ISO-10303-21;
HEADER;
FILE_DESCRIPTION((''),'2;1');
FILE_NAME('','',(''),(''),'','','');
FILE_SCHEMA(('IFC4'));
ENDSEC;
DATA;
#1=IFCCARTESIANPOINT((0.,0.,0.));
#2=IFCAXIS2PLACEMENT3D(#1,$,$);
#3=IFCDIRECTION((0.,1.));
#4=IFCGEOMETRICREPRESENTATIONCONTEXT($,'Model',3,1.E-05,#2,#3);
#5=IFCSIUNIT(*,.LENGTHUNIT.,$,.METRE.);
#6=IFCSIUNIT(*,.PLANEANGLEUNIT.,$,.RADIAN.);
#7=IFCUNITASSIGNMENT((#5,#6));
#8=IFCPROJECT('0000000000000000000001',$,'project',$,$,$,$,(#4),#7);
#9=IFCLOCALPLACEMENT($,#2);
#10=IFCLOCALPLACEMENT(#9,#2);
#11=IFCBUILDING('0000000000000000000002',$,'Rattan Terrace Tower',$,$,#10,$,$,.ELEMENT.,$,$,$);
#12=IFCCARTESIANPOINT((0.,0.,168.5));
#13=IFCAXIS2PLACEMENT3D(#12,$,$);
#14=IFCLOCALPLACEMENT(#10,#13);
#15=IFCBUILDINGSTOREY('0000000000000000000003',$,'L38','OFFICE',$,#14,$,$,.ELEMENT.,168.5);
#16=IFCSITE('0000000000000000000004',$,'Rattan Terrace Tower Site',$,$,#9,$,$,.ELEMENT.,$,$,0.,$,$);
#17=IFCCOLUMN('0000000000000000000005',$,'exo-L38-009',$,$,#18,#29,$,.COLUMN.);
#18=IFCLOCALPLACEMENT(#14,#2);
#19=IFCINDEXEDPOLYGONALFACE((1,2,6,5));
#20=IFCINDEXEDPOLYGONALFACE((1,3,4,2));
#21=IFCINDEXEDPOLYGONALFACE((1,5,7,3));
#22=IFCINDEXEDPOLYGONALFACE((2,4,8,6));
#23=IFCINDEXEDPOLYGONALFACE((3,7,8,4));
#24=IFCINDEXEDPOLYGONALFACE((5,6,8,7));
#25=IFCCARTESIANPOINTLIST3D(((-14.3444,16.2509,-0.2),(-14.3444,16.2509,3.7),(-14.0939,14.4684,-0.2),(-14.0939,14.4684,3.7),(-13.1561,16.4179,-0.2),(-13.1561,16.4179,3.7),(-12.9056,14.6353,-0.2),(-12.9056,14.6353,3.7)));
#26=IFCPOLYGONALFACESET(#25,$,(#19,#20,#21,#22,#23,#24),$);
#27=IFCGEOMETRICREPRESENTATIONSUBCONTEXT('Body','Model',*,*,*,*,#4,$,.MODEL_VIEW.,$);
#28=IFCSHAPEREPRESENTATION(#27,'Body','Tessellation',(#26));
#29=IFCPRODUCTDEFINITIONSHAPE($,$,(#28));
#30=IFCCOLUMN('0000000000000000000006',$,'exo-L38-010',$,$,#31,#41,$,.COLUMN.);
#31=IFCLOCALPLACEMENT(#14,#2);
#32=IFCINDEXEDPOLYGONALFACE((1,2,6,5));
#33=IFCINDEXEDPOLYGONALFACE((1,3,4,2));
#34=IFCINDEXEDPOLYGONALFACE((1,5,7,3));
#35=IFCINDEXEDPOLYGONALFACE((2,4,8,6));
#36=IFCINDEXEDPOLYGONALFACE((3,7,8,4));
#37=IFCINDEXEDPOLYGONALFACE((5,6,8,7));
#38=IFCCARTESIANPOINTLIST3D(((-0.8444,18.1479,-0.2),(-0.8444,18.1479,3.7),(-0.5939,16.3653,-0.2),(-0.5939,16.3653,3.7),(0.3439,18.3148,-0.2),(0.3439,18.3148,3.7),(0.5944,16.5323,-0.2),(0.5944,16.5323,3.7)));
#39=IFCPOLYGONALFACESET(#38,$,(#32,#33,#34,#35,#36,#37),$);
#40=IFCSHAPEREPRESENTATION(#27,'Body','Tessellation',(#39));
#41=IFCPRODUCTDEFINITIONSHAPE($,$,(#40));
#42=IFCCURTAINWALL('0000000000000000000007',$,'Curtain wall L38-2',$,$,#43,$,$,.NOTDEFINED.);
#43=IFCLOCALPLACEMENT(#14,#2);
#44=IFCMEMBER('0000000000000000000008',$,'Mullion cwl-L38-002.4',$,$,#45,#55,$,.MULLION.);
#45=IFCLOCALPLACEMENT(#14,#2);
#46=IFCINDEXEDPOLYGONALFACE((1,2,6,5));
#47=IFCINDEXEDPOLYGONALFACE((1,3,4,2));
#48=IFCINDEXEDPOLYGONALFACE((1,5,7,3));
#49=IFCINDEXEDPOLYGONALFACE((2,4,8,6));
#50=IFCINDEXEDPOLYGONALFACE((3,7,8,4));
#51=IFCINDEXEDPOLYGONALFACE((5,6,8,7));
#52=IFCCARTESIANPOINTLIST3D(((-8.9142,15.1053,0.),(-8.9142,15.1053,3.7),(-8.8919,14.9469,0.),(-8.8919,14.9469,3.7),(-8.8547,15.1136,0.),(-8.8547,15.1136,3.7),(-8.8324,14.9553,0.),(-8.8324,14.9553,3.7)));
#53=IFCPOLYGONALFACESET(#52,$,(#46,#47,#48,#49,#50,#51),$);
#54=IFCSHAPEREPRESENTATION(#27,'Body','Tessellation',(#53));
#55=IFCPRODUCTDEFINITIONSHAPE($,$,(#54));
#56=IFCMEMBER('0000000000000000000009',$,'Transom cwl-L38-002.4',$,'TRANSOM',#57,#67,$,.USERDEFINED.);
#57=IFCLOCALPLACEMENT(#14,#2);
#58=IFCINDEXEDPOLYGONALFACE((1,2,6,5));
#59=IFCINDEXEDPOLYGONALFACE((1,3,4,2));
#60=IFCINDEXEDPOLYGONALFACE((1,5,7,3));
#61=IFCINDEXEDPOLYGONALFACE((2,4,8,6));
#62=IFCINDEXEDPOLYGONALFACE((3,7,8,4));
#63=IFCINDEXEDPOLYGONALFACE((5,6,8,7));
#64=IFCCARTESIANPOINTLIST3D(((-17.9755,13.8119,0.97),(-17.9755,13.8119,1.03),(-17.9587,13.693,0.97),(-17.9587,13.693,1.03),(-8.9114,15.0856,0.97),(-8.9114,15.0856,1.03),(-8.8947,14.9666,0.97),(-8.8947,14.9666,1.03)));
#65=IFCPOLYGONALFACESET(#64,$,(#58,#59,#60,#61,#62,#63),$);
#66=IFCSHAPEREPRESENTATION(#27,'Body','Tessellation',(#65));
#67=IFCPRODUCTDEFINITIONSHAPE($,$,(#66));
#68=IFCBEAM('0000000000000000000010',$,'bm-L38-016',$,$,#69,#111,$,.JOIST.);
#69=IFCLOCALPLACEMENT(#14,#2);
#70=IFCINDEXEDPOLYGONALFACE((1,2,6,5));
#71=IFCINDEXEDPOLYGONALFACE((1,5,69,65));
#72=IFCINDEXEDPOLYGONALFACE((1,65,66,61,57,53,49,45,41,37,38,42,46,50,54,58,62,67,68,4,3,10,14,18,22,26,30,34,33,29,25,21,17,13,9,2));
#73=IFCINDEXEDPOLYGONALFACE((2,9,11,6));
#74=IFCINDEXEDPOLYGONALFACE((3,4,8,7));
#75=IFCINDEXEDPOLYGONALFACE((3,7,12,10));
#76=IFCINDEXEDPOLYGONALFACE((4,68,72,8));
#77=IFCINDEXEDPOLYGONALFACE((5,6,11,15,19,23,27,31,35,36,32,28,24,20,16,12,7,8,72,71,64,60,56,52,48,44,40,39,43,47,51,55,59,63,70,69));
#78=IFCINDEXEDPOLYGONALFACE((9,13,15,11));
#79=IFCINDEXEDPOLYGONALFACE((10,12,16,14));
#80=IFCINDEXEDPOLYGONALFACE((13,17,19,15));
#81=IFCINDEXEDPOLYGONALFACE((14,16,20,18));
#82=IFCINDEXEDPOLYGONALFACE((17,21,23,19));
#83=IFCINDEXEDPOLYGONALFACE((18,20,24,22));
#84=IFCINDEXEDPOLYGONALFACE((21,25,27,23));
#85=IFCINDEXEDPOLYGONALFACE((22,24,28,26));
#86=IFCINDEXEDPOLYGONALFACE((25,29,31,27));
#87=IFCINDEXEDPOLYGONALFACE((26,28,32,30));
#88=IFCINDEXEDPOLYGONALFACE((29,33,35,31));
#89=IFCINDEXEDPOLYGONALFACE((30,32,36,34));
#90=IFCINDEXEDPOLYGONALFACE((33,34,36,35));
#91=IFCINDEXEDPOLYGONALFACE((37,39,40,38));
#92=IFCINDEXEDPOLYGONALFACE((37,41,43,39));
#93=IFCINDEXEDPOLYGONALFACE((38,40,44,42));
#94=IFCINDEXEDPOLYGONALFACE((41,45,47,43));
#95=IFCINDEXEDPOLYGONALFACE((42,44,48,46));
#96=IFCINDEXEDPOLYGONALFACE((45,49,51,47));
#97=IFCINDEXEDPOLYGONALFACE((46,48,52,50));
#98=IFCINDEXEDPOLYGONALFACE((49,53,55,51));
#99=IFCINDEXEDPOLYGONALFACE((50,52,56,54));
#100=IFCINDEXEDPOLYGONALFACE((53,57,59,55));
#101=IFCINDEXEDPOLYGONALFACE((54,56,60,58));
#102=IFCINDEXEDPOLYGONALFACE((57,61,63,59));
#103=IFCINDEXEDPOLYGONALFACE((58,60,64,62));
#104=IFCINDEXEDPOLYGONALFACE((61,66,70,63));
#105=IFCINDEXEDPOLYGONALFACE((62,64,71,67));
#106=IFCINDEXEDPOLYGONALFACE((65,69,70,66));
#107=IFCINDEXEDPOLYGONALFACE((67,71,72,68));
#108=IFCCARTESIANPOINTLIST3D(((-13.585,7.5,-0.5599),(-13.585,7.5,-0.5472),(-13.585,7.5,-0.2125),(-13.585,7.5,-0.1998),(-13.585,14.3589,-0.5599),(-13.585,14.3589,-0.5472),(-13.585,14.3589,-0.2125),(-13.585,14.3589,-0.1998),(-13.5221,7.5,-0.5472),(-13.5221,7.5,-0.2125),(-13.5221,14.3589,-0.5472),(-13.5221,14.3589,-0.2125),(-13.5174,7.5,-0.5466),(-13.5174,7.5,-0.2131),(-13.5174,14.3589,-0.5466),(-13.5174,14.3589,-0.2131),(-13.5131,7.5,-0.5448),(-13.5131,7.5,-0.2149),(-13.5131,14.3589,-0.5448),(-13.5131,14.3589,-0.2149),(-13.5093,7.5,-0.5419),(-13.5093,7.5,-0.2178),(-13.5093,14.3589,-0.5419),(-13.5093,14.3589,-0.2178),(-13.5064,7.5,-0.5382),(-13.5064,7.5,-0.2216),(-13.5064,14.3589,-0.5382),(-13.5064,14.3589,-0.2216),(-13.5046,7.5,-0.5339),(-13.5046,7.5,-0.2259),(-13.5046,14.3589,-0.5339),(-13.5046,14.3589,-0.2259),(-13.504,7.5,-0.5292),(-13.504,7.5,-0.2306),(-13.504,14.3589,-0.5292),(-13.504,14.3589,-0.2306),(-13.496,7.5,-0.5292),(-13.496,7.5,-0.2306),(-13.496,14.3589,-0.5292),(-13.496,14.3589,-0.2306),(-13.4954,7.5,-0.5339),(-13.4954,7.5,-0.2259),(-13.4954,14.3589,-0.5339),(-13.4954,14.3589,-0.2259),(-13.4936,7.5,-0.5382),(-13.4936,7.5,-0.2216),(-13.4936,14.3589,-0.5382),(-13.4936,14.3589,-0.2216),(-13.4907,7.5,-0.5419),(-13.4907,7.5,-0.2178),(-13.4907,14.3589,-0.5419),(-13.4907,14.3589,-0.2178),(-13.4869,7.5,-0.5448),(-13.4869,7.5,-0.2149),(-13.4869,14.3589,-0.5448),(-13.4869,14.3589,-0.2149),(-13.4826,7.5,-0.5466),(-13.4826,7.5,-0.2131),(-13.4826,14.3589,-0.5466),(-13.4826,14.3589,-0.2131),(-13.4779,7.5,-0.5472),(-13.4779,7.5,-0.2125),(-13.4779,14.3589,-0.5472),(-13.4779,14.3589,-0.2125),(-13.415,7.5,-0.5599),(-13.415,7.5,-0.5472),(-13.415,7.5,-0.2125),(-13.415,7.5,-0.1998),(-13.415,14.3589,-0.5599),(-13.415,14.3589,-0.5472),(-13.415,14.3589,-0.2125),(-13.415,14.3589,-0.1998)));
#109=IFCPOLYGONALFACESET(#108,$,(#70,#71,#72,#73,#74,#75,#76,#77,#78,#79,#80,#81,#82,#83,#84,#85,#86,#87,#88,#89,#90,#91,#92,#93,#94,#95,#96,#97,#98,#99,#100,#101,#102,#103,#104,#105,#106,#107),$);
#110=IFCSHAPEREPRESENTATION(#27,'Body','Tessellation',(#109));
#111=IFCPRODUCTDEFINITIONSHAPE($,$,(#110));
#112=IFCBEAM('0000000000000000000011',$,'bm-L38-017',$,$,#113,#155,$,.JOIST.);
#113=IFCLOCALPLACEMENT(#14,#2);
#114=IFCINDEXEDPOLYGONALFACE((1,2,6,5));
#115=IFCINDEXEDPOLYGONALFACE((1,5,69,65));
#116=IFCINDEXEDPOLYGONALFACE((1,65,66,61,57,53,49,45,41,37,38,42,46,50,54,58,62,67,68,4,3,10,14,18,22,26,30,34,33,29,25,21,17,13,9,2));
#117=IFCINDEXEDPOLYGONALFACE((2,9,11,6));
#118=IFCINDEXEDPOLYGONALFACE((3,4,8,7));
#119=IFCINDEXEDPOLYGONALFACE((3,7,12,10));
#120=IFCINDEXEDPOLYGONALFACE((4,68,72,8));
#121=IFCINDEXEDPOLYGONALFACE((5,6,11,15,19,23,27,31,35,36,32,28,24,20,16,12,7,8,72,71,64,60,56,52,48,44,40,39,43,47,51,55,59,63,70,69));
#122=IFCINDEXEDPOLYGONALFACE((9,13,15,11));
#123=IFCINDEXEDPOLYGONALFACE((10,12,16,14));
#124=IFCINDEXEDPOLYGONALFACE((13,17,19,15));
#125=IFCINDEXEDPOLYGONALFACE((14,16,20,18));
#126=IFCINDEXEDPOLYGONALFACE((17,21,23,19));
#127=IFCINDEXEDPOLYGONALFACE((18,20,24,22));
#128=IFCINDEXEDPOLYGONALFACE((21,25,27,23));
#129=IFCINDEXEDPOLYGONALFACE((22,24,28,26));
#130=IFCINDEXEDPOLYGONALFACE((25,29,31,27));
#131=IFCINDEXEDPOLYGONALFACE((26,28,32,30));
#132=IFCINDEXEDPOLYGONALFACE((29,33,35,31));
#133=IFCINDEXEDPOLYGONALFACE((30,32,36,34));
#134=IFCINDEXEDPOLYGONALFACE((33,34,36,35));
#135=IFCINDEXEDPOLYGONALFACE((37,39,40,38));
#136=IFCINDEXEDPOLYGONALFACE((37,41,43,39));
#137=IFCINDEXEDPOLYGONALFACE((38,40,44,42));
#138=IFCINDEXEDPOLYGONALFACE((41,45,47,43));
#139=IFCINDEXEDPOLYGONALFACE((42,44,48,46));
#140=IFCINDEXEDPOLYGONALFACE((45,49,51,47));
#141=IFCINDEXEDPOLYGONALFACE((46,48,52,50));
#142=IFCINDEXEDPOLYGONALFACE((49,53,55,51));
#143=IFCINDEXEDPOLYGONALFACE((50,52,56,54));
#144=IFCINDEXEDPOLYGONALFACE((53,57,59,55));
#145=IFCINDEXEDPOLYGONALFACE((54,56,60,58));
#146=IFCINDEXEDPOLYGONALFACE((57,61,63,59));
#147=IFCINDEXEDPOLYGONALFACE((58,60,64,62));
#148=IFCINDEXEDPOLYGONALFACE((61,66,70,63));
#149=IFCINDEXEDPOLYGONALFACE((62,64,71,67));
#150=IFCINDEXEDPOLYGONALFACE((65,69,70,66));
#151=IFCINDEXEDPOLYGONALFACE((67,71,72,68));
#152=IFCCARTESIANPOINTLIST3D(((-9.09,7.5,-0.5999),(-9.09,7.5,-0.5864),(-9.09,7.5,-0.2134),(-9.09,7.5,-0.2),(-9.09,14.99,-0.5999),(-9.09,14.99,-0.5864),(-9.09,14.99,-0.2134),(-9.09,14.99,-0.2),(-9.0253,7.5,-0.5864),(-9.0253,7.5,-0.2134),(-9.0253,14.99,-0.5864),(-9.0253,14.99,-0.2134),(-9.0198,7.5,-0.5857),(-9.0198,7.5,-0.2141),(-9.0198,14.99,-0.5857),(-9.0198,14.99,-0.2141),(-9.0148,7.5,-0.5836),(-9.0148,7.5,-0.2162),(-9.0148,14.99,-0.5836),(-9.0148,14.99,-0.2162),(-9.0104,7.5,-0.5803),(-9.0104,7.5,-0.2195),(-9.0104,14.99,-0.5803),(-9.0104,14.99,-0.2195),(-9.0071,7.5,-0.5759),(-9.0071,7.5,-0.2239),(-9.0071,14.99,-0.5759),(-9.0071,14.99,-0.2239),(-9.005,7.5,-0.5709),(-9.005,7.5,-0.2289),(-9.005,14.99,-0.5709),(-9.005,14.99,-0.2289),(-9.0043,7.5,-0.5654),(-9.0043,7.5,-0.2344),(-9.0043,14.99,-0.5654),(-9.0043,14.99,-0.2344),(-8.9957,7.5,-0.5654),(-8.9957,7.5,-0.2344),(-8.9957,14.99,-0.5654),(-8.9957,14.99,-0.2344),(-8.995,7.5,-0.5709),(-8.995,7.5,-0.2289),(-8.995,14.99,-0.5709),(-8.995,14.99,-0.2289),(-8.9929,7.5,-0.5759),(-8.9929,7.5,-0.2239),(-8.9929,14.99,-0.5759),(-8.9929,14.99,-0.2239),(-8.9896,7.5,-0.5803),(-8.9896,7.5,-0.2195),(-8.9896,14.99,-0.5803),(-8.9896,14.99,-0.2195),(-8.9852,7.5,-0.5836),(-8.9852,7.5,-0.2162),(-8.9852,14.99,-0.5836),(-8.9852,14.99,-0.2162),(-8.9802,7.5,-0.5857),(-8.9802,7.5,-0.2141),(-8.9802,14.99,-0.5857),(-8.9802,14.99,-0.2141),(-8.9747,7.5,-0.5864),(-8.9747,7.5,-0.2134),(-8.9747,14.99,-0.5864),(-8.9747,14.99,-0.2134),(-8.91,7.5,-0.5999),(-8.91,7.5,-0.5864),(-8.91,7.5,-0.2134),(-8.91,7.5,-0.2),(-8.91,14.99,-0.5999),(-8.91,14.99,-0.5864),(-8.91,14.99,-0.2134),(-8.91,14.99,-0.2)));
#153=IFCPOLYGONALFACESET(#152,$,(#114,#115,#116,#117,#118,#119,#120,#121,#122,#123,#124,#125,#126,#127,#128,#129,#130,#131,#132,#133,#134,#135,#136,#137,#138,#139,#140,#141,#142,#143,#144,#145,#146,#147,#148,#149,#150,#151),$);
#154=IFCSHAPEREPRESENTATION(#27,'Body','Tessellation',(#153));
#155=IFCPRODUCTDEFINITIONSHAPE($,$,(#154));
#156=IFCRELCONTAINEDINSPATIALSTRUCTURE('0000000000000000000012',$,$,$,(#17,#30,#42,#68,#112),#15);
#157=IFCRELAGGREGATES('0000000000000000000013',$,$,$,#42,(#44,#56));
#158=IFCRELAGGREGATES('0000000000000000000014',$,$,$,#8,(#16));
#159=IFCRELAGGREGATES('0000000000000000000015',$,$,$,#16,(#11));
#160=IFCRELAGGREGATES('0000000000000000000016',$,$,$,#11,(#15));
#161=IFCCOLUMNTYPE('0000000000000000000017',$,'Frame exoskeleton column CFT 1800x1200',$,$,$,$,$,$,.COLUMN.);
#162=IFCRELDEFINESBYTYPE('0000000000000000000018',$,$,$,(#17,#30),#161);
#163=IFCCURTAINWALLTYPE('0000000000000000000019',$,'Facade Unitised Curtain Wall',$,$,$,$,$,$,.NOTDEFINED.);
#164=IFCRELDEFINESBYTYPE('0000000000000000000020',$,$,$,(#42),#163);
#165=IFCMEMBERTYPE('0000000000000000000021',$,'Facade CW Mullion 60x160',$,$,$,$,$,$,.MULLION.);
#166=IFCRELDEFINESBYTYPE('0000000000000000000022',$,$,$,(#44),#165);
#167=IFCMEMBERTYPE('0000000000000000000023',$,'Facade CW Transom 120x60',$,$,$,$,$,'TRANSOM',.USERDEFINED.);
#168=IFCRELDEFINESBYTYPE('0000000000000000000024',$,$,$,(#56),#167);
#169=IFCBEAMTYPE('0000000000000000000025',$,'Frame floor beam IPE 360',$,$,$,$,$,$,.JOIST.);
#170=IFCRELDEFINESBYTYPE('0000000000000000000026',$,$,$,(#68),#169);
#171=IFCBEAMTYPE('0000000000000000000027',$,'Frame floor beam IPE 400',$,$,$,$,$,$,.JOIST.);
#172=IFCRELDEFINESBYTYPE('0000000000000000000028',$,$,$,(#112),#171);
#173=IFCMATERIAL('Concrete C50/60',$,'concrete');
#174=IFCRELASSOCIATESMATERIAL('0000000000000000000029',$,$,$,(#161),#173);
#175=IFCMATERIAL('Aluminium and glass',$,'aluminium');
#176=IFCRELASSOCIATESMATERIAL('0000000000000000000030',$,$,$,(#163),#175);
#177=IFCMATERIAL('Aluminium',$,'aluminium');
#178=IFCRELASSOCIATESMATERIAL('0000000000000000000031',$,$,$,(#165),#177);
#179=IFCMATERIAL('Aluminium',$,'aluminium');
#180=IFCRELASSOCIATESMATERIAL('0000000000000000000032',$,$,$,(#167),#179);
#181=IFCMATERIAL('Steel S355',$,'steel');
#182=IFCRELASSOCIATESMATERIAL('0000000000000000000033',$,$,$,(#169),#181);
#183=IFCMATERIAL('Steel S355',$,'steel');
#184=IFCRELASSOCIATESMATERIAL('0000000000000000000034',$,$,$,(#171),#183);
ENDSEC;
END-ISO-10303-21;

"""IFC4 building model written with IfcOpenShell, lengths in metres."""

from ifc_helpers import new_model, si_unit, direction, frame, origin, origin_2d, place, context, subcontext, project, spatial, rectangle, i_section, extrude, material, material_profile, profile_set, type_object, element, aggregate, save


model = new_model("IFC4")

# Units and contexts
model_context = context("Model", 3, precision=1e-05, world=origin(), true_north=direction((0.0, 1.0)))
body_context = subcontext(model_context, "Body", "Model", "MODEL_VIEW")
ifc_project = project(units=[si_unit("LENGTHUNIT", "METRE"), si_unit("PLANEANGLEUNIT", "RADIAN")], contexts=[model_context])

# Site, building, storey
site_placement = place(None, origin())
site = spatial("IfcSite", under=ifc_project, at=site_placement, Name="Rattan Terrace Tower Site", CompositionType="ELEMENT", RefElevation=0.0)
building_placement = place(site_placement, origin())
building = spatial("IfcBuilding", under=site, at=building_placement, Name="Rattan Terrace Tower", CompositionType="ELEMENT")
storey_placement = place(building_placement, frame((0.0, 0.0, 168.5)))
storey = spatial("IfcBuildingStorey", under=building, at=storey_placement, Name="L38", Description="OFFICE", CompositionType="ELEMENT", Elevation=168.5)

# Columns
ifc_material_1 = material(Name="Concrete C50/60", Category="concrete")
ifc_material_profile_1 = material_profile(ifc_material_1, rectangle(XDim=1.2, YDim=1.8, at=origin_2d()), Name="CFT 1800x1200")
ifc_profile_set_1 = profile_set([ifc_material_profile_1], Name="Concrete C50/60")
column_type = type_object("IfcColumnType", Name="Frame exoskeleton column CFT 1800x1200", PredefinedType="COLUMN", material=ifc_profile_set_1)
for number, where, z_axis, x_axis, name in (
    (1, (-13.625, 15.4431, -0.2), (0.0, 0.0, 1.0), (0.99027, 0.139156, 0.0), "exo-L38-009"),
    (2, (-0.125, 17.3401, -0.2), (0.0, 0.0, 1.0), (0.99027, 0.139156, 0.0), "exo-L38-010"),
):
    element("IfcColumn", number, at=place(storey_placement, frame(where, z_axis=z_axis, x_axis=x_axis)), inside=storey, type_object=column_type, Name=name, PredefinedType="COLUMN", context=body_context, shape_type="SweptSolid", body=[
        extrude(rectangle(XDim=1.2, YDim=1.8, at=origin_2d()), origin(), (0.0, 0.0, 1.0), 3.8999),
    ])

# Curtain wall, members
ifc_material_2 = material(Name="Aluminium and glass", Category="aluminium")
curtain_wall_type = type_object("IfcCurtainWallType", Name="Facade Unitised Curtain Wall", PredefinedType="NOTDEFINED", material=ifc_material_2)
curtain_wall_placement = place(storey_placement, origin())
curtain_wall = element("IfcCurtainWall", 3, at=curtain_wall_placement, inside=storey, type_object=curtain_wall_type, Name="Curtain wall L38-2", PredefinedType="NOTDEFINED")
ifc_material_3 = material(Name="Aluminium", Category="aluminium")
ifc_material_profile_2 = material_profile(ifc_material_3, rectangle(XDim=0.0601, YDim=0.1599, at=origin_2d()), Name="Aluminium 60x160")
ifc_profile_set_2 = profile_set([ifc_material_profile_2], Name="Aluminium")
member_type_1 = type_object("IfcMemberType", Name="Facade CW Mullion 60x160", PredefinedType="MULLION", material=ifc_profile_set_2)
member_1_placement = place(storey_placement, frame((-8.8733, 15.0303, 0.0), z_axis=(0.0, 0.0, 1.0), x_axis=(-0.99027, -0.139161, 0.0)))
member_1 = element("IfcMember", 4, at=member_1_placement, type_object=member_type_1, Name="Mullion cwl-L38-002.4", PredefinedType="MULLION", context=body_context, shape_type="SweptSolid", body=[
    extrude(rectangle(XDim=0.0601, YDim=0.1599, at=origin_2d()), origin(), (0.0, 0.0, 1.0), 3.7),
])
ifc_material_4 = material(Name="Aluminium", Category="aluminium")
ifc_material_profile_3 = material_profile(ifc_material_4, rectangle(XDim=0.1201, YDim=0.0601, at=origin_2d()), Name="Aluminium 120x60")
ifc_profile_set_3 = profile_set([ifc_material_profile_3], Name="Aluminium")
member_type_2 = type_object("IfcMemberType", Name="Facade CW Transom 120x60", ElementType="TRANSOM", PredefinedType="USERDEFINED", material=ifc_profile_set_3)
member_2_placement = place(storey_placement, frame((-8.9031, 15.0261, 1.0), z_axis=(-0.990271, -0.139154, 0.0), x_axis=(0.139154, -0.990271, 0.0)))
member_2 = element("IfcMember", 5, at=member_2_placement, type_object=member_type_2, Name="Transom cwl-L38-002.4", ObjectType="TRANSOM", PredefinedType="USERDEFINED", context=body_context, shape_type="SweptSolid", body=[
    extrude(rectangle(XDim=0.1201, YDim=0.0601, at=origin_2d()), origin(), (0.0, 0.0, 1.0), 9.1531),
])

# Beams
ifc_material_5 = material(Name="Steel S355", Category="steel")
ifc_material_profile_4 = material_profile(ifc_material_5, i_section(OverallWidth=0.1699, OverallDepth=0.3601, WebThickness=0.0081, FlangeThickness=0.0127, FilletRadius=0.0181, at=origin_2d()), Name="IPE 360")
ifc_profile_set_4 = profile_set([ifc_material_profile_4], Name="Steel S355")
beam_type_1 = type_object("IfcBeamType", Name="Frame floor beam IPE 360", PredefinedType="JOIST", material=ifc_profile_set_4)
beam_1_placement = place(storey_placement, frame((-13.5, 7.5, -0.3799), z_axis=(0.0, 1.0, 0.0), x_axis=(-1.0, 0.0, 0.0)))
element("IfcBeam", 6, at=beam_1_placement, inside=storey, type_object=beam_type_1, Name="bm-L38-016", PredefinedType="JOIST", context=body_context, shape_type="SweptSolid", body=[
    extrude(i_section(OverallWidth=0.1699, OverallDepth=0.3601, WebThickness=0.0081, FlangeThickness=0.0127, FilletRadius=0.0181, at=origin_2d()), origin(), (0.0, 0.0, 1.0), 6.8589),
])
ifc_material_6 = material(Name="Steel S355", Category="steel")
ifc_material_profile_5 = material_profile(ifc_material_6, i_section(OverallWidth=0.1799, OverallDepth=0.3999, WebThickness=0.0085, FlangeThickness=0.0134, FilletRadius=0.021, at=origin_2d()), Name="IPE 400")
ifc_profile_set_5 = profile_set([ifc_material_profile_5], Name="Steel S355")
beam_type_2 = type_object("IfcBeamType", Name="Frame floor beam IPE 400", PredefinedType="JOIST", material=ifc_profile_set_5)
beam_2_placement = place(storey_placement, frame((-9.0, 7.5, -0.3999), z_axis=(0.0, 1.0, 0.0), x_axis=(-1.0, 0.0, 0.0)))
element("IfcBeam", 7, at=beam_2_placement, inside=storey, type_object=beam_type_2, Name="bm-L38-017", PredefinedType="JOIST", context=body_context, shape_type="SweptSolid", body=[
    extrude(i_section(OverallWidth=0.1799, OverallDepth=0.3999, WebThickness=0.0085, FlangeThickness=0.0134, FilletRadius=0.021, at=origin_2d()), origin(), (0.0, 0.0, 1.0), 7.49),
])

aggregate(curtain_wall, [member_1, member_2])

save(model, "model.ifc")
